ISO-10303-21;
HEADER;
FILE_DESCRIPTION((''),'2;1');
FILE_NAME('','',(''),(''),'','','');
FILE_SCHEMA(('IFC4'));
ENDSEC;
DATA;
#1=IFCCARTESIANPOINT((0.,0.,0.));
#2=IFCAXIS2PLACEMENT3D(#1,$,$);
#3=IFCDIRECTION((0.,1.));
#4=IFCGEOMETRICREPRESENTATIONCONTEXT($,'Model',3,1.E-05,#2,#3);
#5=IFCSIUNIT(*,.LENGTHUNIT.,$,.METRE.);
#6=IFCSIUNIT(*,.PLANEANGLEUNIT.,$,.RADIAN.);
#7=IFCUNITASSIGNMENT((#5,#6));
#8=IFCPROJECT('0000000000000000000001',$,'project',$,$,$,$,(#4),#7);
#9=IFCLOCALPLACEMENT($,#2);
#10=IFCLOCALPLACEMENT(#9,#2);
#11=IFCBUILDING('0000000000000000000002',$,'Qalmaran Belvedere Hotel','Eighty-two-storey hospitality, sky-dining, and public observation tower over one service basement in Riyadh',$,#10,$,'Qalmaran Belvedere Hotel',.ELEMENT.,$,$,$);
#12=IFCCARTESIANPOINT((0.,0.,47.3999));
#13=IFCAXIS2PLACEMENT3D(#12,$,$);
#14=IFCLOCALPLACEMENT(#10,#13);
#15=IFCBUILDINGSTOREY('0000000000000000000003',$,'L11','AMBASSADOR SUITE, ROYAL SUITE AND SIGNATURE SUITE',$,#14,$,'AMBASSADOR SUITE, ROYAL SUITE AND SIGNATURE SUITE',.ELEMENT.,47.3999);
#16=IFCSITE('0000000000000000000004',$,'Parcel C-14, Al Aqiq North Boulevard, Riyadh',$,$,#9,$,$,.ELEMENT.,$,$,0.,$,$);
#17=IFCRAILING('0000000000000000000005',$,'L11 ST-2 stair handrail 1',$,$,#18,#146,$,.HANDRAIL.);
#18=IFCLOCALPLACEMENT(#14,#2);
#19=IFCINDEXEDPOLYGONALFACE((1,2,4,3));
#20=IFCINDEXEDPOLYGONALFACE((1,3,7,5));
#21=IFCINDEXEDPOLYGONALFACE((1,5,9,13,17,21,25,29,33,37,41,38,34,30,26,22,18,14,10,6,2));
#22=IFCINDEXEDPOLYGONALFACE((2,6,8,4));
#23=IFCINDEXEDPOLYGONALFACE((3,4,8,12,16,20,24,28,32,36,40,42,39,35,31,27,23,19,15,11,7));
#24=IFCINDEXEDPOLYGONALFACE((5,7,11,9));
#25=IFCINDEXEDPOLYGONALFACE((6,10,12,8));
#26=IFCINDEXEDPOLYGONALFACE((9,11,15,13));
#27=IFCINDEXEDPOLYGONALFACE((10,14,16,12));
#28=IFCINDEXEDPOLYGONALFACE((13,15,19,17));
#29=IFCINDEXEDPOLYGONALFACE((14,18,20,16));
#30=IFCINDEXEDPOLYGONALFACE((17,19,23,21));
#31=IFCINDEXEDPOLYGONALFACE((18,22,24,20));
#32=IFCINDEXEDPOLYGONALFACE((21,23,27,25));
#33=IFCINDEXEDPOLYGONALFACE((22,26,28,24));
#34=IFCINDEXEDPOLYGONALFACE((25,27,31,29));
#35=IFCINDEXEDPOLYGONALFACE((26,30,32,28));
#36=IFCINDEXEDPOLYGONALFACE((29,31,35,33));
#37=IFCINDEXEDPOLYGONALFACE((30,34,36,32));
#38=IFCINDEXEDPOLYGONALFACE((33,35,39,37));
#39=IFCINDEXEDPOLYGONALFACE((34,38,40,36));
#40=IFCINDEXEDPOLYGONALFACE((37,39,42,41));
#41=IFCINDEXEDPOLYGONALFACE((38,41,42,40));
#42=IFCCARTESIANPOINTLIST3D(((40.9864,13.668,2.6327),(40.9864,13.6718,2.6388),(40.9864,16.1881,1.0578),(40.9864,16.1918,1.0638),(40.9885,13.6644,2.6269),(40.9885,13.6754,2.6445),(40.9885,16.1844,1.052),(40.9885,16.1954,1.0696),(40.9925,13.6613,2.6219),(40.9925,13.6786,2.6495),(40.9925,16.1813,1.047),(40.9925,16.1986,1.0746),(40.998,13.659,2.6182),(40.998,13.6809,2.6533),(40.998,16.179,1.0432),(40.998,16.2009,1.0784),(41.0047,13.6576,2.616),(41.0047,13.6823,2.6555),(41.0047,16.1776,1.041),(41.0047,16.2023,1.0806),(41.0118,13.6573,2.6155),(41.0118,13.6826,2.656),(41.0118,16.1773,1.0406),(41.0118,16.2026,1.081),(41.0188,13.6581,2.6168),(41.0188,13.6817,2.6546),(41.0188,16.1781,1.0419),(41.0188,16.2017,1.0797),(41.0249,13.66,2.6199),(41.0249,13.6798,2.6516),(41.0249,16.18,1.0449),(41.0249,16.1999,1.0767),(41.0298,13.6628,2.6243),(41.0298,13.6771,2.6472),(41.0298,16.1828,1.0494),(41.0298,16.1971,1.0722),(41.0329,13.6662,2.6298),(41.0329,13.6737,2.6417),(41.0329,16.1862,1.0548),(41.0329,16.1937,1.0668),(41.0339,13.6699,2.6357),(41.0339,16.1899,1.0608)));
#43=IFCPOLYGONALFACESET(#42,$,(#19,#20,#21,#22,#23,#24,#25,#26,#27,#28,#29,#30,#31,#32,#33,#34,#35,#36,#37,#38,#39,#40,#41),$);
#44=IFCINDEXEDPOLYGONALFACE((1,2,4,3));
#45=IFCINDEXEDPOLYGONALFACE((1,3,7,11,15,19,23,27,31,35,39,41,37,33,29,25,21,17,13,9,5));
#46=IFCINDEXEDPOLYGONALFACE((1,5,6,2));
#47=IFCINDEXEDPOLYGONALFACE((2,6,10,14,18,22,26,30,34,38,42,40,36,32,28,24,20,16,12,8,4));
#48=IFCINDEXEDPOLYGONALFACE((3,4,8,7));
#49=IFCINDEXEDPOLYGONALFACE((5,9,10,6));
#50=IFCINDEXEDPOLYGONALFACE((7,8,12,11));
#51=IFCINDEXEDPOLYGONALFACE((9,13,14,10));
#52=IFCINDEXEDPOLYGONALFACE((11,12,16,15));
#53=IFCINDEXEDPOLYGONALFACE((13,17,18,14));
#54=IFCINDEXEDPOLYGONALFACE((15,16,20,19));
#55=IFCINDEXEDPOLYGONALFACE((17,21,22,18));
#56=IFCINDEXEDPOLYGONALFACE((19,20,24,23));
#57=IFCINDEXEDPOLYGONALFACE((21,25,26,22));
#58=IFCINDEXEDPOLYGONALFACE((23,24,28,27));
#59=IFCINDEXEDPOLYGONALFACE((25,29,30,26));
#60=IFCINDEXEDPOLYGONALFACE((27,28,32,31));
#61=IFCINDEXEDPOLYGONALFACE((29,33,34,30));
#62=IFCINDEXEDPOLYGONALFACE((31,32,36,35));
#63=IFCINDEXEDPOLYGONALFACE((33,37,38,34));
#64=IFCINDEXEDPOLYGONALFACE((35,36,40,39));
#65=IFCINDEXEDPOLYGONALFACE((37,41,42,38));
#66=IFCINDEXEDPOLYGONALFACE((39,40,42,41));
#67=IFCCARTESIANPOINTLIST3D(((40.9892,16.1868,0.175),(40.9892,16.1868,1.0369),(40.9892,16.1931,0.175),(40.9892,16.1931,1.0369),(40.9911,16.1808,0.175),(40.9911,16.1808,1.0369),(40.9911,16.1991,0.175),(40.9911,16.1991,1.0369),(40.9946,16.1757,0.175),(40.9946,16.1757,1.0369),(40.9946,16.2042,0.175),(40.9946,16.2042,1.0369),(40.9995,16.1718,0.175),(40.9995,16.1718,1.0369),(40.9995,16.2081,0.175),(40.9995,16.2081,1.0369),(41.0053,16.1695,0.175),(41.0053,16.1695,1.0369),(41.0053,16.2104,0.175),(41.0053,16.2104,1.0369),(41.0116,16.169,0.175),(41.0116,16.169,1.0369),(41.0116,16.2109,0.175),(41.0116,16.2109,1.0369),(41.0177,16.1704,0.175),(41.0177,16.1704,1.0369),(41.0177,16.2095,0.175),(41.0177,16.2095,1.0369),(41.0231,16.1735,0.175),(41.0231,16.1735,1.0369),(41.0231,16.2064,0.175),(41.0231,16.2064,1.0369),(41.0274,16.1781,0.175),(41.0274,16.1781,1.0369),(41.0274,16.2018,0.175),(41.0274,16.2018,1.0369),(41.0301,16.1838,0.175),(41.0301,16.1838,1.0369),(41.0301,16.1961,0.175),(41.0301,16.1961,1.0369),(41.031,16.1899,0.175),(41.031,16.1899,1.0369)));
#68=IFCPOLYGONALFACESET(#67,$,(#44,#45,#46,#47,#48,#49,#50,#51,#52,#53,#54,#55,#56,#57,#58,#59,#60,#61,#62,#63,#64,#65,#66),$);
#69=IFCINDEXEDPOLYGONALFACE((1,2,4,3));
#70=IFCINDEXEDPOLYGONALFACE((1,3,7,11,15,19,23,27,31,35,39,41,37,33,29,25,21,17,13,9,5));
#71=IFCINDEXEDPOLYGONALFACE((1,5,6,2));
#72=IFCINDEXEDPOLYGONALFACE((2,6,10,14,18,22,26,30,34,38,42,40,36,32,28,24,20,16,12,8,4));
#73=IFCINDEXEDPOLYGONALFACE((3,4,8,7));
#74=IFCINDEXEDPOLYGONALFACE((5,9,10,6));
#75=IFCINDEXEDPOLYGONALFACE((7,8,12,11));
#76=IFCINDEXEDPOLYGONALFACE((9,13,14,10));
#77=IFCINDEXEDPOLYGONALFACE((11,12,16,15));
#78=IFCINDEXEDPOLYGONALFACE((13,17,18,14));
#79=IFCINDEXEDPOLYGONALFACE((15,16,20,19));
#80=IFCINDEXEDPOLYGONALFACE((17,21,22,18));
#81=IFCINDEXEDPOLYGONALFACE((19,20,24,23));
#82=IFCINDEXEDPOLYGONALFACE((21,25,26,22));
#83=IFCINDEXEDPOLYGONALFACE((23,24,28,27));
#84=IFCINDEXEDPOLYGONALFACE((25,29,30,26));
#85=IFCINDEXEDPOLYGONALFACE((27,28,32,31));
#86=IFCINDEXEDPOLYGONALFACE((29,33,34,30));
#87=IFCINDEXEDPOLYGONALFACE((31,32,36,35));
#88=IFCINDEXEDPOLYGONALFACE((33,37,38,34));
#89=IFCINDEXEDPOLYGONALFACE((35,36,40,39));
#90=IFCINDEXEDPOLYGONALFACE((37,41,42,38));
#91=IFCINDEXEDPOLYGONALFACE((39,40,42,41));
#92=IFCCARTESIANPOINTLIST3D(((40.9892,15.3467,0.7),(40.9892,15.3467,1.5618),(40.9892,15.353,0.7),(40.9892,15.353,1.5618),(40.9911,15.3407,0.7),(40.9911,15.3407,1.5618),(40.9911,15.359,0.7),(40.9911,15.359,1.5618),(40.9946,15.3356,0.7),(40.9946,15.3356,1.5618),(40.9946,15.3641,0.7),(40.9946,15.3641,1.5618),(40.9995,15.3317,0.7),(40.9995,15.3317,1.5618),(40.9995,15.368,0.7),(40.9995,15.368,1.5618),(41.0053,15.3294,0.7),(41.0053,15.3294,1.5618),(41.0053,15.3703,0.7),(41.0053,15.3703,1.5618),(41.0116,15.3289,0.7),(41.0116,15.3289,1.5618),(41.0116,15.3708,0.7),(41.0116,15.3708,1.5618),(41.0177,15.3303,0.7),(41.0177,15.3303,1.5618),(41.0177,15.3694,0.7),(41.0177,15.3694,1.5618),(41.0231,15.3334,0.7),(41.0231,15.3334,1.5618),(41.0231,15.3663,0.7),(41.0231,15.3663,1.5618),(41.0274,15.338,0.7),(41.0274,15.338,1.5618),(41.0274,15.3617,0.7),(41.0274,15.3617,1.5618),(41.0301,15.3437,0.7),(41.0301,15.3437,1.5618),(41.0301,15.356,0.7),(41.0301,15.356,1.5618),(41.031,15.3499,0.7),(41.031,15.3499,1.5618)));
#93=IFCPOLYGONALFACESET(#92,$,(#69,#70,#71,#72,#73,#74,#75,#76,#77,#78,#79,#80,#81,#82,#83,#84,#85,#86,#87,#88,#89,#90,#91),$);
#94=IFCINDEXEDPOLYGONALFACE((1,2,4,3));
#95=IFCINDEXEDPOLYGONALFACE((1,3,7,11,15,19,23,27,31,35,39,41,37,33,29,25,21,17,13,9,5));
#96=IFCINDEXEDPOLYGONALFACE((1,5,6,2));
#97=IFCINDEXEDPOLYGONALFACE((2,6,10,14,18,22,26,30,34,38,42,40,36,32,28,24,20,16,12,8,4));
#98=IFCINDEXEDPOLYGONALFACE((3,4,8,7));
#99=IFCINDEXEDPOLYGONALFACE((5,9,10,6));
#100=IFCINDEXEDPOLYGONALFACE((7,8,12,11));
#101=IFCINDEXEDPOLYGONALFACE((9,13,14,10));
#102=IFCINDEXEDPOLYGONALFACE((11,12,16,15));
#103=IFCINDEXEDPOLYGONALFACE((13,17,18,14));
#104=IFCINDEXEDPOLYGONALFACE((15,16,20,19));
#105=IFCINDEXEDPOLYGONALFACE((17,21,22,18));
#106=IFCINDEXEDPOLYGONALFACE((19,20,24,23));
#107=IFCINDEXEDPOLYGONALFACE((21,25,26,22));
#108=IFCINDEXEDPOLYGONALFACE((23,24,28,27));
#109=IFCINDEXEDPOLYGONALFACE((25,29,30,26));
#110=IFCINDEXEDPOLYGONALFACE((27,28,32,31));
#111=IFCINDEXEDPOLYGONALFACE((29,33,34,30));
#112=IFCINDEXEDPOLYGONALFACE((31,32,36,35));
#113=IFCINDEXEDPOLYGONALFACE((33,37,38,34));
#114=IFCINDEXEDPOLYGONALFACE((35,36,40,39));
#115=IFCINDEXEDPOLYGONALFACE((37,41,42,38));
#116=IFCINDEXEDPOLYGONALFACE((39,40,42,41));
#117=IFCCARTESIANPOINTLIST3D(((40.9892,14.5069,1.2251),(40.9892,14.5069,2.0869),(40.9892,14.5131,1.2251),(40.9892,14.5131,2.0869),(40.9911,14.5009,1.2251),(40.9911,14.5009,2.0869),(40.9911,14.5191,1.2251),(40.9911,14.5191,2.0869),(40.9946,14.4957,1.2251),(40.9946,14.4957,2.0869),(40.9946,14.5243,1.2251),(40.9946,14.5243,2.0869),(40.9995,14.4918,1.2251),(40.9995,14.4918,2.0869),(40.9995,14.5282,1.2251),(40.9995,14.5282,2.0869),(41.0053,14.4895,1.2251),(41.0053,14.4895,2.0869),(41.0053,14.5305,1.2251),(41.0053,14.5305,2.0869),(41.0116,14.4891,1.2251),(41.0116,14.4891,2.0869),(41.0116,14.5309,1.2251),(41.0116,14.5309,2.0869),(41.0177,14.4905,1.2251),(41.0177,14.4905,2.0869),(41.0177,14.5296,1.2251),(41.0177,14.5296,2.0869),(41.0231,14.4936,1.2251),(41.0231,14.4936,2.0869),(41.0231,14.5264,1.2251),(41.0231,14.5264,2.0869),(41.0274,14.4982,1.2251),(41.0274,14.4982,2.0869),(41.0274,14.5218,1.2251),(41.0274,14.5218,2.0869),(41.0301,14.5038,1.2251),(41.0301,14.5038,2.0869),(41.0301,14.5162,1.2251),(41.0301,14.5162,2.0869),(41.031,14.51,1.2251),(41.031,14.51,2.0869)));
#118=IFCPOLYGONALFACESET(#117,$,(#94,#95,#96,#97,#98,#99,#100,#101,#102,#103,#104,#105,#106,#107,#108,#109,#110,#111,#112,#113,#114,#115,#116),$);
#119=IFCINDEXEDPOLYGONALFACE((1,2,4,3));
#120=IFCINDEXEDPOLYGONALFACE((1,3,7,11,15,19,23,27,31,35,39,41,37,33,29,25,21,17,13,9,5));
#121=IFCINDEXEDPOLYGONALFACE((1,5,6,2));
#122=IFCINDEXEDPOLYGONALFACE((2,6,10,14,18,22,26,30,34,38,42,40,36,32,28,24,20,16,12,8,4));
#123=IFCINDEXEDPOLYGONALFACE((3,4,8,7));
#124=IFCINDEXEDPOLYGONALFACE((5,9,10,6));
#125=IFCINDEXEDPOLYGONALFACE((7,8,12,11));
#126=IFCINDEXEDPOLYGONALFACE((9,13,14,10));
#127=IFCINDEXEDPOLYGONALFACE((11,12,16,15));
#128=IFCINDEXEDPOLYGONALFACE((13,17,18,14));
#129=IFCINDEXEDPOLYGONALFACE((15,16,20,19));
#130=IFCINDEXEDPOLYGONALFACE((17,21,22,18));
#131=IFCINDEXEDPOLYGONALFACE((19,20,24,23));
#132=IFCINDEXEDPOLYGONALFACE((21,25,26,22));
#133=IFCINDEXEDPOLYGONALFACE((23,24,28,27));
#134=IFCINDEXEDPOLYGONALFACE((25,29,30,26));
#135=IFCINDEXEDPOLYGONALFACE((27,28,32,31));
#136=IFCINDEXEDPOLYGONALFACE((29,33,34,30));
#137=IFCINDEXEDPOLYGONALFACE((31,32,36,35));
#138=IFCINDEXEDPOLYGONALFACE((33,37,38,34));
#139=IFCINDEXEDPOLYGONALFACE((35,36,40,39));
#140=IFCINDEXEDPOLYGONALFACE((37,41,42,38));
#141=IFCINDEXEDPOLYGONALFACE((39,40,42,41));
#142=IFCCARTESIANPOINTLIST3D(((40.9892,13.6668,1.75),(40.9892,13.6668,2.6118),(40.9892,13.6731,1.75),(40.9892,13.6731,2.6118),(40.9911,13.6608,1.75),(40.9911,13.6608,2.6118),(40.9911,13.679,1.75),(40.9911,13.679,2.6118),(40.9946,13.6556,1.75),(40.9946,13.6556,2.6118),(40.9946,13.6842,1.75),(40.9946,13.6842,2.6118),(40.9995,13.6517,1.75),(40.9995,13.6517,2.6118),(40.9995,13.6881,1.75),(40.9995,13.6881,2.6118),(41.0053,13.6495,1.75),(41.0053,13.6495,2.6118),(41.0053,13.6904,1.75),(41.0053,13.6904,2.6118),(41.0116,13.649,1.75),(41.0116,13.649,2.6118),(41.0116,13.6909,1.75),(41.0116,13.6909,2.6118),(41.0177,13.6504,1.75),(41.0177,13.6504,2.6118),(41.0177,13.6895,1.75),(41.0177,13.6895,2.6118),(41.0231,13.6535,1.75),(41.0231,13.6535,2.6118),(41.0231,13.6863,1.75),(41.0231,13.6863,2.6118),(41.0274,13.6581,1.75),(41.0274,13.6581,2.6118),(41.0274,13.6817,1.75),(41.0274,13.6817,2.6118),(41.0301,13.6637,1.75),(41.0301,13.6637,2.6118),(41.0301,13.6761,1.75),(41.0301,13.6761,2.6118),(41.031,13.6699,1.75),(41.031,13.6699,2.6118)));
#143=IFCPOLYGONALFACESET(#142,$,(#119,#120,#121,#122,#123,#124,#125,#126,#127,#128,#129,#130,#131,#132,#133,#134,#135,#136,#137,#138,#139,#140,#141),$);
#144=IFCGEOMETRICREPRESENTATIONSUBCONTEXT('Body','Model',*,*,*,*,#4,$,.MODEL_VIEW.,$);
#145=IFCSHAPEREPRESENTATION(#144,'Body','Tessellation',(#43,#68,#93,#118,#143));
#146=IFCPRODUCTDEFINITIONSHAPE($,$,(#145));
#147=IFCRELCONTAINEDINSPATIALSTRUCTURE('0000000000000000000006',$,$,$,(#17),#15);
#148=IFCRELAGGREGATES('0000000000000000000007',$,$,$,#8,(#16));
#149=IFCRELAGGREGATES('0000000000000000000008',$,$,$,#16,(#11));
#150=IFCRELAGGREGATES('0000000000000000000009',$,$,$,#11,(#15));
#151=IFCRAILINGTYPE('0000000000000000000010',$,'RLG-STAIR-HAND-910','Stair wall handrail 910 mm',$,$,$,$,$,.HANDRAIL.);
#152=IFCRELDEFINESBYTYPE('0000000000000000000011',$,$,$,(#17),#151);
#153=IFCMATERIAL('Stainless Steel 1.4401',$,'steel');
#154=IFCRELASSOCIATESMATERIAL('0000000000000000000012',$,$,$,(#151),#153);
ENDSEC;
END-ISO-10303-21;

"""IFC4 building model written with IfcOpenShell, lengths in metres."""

from ifc_helpers import new_model, si_unit, direction, frame, origin, origin_2d, place, context, subcontext, project, spatial, circle, extrude, material, type_object, element, save


model = new_model("IFC4")

# Units and contexts
model_context = context("Model", 3, precision=1e-05, world=origin(), true_north=direction((0.0, 1.0)))
body_context = subcontext(model_context, "Body", "Model", "MODEL_VIEW")
ifc_project = project(units=[si_unit("LENGTHUNIT", "METRE"), si_unit("PLANEANGLEUNIT", "RADIAN")], contexts=[model_context])

# Site, building, storey
site_placement = place(None, origin())
site = spatial("IfcSite", under=ifc_project, at=site_placement, Name="Parcel C-14, Al Aqiq North Boulevard, Riyadh", CompositionType="ELEMENT", RefElevation=0.0)
building_placement = place(site_placement, origin())
building = spatial("IfcBuilding", under=site, at=building_placement, Name="Qalmaran Belvedere Hotel", Description="Eighty-two-storey hospitality, sky-dining, and public observation tower over one service basement in Riyadh", LongName="Qalmaran Belvedere Hotel", CompositionType="ELEMENT")
storey_placement = place(building_placement, frame((0.0, 0.0, 47.3999)))
storey = spatial("IfcBuildingStorey", under=building, at=storey_placement, Name="L11", Description="AMBASSADOR SUITE, ROYAL SUITE AND SIGNATURE SUITE", LongName="AMBASSADOR SUITE, ROYAL SUITE AND SIGNATURE SUITE", CompositionType="ELEMENT", Elevation=47.3999)

# Shared definitions
ifc_material_1 = material(Name="Stainless Steel 1.4401", Category="steel")

# Railing
railing_type_1 = type_object("IfcRailingType", Name="RLG-STAIR-HAND-910", Description="Stair wall handrail 910 mm", PredefinedType="HANDRAIL", material=ifc_material_1)
railing_1_placement = place(storey_placement, frame((41.01, 16.1899, 0.175)))
element("IfcRailing", 1, at=railing_1_placement, inside=storey, type_object=railing_type_1, Name="L11 ST-2 stair handrail 1", PredefinedType="HANDRAIL", context=body_context, shape_type="SweptSolid", body=[
    extrude(circle(Radius=0.0239, at=origin_2d()), frame((0.0, 0.0, 0.8857), z_axis=(0.0, -0.848008, 0.529984), x_axis=(1.0, 0.0, 0.0)), (0.0, 0.0, 1.0), 2.9717),
    extrude(circle(Radius=0.021, at=origin_2d()), origin(), (0.0, 0.0, 1.0), 0.8618),
    extrude(circle(Radius=0.021, at=origin_2d()), frame((0.0, -0.8401, 0.5249)), (0.0, 0.0, 1.0), 0.8618),
    extrude(circle(Radius=0.021, at=origin_2d()), frame((0.0, -1.6799, 1.05)), (0.0, 0.0, 1.0), 0.8618),
    extrude(circle(Radius=0.021, at=origin_2d()), frame((0.0, -2.52, 1.575)), (0.0, 0.0, 1.0), 0.8618),
])

save(model, "model.ifc")
